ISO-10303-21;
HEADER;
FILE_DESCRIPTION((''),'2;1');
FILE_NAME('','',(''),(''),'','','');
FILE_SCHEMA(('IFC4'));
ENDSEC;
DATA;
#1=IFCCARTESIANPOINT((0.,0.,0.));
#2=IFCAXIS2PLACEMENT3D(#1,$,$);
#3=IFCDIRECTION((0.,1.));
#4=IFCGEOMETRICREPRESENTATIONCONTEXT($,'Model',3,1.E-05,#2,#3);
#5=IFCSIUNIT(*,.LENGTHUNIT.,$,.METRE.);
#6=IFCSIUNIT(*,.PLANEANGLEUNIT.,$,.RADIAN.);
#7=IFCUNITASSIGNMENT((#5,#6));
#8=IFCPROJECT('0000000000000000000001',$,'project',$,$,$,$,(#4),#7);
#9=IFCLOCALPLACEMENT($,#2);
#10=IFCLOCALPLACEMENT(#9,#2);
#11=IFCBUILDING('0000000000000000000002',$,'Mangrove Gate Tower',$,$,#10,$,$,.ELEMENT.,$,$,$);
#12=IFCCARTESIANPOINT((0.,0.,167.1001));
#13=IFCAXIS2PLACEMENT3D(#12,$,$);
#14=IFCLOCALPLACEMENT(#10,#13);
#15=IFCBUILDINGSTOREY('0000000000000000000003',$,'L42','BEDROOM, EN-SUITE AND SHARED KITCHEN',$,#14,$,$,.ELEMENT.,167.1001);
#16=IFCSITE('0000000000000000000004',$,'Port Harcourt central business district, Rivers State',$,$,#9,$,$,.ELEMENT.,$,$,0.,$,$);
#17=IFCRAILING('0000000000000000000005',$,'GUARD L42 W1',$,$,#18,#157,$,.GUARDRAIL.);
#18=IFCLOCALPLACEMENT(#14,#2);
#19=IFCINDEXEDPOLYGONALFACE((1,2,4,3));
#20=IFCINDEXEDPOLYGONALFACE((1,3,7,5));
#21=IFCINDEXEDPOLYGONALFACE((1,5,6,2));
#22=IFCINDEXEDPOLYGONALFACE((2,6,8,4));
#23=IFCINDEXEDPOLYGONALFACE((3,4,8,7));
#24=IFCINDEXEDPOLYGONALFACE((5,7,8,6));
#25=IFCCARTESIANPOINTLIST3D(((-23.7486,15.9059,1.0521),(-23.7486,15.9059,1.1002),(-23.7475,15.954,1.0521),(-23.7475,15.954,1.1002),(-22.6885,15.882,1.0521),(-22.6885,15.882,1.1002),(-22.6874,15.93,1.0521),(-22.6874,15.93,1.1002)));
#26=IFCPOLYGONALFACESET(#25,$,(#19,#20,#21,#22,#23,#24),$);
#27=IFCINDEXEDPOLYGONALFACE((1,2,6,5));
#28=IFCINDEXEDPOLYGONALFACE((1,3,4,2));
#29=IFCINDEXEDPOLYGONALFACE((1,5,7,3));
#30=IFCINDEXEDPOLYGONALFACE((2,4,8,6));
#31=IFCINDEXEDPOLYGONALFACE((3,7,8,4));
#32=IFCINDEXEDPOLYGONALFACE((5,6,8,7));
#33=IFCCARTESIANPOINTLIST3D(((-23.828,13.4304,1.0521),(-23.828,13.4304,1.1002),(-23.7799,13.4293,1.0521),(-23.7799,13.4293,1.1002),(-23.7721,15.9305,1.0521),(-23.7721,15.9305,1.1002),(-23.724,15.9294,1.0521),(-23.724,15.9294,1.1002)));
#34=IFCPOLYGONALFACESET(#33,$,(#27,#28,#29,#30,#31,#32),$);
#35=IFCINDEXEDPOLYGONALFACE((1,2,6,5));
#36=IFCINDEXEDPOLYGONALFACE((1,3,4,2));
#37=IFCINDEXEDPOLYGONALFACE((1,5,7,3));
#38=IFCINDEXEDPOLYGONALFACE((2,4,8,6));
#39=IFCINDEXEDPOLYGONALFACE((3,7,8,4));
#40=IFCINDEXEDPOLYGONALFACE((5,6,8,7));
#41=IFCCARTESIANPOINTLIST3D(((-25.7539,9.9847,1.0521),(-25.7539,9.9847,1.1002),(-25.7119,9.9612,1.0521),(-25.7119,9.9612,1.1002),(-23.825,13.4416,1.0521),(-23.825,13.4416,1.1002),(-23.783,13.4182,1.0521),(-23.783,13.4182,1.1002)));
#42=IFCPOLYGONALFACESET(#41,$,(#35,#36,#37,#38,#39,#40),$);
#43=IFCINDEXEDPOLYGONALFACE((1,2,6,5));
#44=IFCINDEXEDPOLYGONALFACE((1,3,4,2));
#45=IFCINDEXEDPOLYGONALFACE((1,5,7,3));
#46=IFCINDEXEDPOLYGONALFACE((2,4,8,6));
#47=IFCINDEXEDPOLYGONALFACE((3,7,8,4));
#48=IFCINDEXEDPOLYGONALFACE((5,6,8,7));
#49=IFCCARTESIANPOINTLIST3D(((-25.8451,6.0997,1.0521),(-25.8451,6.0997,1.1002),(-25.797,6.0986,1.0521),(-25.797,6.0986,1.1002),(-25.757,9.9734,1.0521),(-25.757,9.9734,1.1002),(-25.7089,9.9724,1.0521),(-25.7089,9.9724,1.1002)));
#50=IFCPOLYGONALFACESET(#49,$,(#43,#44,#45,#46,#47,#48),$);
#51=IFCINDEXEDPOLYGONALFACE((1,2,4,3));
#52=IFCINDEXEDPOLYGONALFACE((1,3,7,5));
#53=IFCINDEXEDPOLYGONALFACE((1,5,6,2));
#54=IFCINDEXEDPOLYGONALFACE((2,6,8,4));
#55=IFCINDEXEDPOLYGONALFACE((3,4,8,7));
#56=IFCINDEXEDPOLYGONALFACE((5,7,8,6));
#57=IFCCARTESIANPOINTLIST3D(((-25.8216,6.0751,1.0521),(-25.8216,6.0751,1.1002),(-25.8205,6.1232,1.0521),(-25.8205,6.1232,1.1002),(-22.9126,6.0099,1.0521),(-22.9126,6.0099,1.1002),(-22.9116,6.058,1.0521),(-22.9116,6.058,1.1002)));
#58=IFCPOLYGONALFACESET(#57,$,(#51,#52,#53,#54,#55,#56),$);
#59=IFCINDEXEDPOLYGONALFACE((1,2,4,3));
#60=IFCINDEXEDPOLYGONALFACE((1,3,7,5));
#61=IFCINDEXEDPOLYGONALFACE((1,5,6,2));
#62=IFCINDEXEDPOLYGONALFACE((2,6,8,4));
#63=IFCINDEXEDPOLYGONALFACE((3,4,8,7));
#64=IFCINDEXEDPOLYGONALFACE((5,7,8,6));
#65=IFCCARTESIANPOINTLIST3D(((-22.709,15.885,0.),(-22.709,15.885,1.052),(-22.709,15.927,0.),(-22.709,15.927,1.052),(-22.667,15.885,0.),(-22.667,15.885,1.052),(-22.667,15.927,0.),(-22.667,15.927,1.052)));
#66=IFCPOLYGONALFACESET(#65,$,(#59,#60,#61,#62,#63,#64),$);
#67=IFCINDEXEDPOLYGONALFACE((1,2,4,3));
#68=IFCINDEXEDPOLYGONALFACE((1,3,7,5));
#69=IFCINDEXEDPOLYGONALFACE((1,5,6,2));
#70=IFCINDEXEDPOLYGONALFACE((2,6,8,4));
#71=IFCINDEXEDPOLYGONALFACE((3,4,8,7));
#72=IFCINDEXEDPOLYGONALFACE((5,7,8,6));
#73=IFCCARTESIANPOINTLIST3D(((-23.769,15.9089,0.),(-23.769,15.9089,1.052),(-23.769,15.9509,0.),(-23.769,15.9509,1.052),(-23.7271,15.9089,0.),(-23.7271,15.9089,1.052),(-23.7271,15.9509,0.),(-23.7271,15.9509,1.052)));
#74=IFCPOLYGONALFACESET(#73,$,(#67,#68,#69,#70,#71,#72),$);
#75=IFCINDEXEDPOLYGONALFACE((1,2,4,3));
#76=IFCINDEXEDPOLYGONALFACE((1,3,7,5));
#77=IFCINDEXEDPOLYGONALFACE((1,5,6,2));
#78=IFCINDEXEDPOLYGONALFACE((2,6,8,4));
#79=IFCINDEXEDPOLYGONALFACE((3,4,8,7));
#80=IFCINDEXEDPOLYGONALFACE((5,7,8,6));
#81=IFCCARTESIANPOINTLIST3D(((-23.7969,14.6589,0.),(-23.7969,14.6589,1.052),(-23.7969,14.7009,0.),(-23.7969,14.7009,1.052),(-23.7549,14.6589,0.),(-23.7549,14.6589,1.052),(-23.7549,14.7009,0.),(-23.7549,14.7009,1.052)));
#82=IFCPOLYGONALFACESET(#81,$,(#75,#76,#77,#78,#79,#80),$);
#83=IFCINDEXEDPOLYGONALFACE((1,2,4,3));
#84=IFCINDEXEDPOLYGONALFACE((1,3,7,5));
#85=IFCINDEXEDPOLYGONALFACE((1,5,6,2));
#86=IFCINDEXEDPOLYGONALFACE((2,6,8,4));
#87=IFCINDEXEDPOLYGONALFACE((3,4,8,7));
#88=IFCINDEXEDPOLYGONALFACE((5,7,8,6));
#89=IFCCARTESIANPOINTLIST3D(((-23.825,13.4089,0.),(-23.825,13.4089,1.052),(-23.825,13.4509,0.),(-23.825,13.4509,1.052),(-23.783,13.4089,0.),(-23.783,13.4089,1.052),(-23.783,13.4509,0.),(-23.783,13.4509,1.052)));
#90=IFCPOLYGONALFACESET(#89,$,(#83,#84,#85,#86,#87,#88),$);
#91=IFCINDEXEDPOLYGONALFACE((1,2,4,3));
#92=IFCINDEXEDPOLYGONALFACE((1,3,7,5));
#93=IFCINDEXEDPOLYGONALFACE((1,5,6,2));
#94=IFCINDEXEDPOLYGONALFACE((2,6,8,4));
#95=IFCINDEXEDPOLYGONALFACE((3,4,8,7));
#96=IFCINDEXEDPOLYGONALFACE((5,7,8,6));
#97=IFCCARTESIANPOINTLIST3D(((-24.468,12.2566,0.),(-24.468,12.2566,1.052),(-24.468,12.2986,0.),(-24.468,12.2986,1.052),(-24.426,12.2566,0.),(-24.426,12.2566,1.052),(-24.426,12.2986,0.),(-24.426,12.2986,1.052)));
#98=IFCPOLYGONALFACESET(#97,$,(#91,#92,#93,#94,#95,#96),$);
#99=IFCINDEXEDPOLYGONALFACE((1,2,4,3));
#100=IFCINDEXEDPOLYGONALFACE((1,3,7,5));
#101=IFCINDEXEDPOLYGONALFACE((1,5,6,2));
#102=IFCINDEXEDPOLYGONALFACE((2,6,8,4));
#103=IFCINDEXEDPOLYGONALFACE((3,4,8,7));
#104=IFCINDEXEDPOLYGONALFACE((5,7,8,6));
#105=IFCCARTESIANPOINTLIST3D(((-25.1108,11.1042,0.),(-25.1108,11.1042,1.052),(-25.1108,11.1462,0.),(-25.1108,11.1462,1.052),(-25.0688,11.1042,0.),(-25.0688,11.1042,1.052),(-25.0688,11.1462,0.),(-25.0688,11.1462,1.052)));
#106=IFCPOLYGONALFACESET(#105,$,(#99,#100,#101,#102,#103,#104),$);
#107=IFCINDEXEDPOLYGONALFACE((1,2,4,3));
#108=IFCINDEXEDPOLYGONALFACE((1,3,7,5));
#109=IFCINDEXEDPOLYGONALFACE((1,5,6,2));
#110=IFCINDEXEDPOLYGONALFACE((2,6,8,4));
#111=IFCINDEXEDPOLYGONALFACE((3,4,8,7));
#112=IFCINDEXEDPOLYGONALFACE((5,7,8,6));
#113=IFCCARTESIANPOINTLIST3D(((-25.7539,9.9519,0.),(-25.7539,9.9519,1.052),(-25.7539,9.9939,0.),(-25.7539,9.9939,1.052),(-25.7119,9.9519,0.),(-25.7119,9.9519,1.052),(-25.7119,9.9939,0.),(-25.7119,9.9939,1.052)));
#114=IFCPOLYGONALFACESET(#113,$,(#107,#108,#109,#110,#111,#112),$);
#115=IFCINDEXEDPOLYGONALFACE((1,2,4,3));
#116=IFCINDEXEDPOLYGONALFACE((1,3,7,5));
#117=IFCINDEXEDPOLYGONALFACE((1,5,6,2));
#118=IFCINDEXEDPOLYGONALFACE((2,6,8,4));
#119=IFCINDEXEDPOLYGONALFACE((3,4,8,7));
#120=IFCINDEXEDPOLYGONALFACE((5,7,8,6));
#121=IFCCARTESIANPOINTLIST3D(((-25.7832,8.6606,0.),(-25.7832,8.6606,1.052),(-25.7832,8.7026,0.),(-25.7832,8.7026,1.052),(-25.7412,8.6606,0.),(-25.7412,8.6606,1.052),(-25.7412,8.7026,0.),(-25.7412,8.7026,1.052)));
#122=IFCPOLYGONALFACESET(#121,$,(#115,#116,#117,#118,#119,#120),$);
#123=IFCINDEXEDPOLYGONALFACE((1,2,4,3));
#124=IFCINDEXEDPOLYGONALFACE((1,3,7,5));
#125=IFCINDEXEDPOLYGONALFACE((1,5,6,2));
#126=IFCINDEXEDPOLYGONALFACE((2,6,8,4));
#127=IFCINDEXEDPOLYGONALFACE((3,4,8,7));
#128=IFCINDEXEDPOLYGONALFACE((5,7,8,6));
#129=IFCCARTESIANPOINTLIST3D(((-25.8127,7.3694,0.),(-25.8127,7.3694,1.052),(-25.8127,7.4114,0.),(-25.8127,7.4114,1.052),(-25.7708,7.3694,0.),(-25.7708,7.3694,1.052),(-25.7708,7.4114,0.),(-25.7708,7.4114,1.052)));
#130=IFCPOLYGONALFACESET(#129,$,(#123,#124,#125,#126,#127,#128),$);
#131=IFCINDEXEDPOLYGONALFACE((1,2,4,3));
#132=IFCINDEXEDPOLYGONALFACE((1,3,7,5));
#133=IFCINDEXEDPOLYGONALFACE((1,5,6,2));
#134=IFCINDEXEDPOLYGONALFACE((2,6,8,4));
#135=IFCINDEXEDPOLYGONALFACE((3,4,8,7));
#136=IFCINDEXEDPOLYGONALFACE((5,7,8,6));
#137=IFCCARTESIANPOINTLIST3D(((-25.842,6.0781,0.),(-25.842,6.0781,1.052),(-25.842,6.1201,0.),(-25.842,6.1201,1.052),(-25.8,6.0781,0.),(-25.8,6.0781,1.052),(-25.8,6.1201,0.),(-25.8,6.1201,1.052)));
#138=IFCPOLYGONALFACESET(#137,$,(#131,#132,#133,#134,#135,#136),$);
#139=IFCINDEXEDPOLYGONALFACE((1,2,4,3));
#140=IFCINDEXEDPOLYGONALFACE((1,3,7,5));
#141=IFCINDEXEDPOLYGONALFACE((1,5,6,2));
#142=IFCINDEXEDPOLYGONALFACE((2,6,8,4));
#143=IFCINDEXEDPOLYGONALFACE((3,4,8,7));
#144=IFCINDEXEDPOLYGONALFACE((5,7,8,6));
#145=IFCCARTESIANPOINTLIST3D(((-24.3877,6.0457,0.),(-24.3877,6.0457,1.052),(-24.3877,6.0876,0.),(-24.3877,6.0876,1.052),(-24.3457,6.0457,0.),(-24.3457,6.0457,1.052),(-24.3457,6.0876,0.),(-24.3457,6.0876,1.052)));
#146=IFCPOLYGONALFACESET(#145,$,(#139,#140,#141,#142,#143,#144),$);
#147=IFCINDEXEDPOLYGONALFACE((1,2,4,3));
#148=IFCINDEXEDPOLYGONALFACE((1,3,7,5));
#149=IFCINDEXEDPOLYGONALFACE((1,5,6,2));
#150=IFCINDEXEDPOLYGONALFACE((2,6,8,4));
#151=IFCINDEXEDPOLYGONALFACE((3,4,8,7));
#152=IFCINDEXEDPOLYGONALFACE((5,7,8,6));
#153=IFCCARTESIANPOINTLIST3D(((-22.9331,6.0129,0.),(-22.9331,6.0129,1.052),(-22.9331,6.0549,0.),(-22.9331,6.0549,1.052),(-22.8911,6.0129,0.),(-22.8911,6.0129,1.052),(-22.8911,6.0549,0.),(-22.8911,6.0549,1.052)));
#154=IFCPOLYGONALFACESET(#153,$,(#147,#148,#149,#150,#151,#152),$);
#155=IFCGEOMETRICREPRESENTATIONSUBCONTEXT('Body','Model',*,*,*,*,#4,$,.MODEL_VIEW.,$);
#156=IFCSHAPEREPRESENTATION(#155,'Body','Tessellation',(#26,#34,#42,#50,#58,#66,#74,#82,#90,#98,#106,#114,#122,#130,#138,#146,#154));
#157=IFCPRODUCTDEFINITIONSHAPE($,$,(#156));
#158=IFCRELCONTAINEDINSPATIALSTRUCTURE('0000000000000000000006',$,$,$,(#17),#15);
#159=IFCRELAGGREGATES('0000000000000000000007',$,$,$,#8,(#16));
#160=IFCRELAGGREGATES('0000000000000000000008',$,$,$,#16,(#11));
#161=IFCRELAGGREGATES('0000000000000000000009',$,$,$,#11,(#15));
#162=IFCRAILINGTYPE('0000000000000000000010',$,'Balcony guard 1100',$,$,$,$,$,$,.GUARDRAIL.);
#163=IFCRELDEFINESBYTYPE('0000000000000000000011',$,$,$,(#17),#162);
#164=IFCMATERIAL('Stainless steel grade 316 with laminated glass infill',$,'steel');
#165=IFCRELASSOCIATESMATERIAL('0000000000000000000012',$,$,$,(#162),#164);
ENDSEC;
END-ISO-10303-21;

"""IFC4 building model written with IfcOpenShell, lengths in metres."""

from ifc_helpers import new_model, si_unit, direction, frame, origin, origin_2d, place, context, subcontext, project, spatial, rectangle, extrude, material, type_object, element, save


model = new_model("IFC4")

# Units and contexts
model_context = context("Model", 3, precision=1e-05, world=origin(), true_north=direction((0.0, 1.0)))
body_context = subcontext(model_context, "Body", "Model", "MODEL_VIEW")
ifc_project = project(units=[si_unit("LENGTHUNIT", "METRE"), si_unit("PLANEANGLEUNIT", "RADIAN")], contexts=[model_context])

# Site, building, storey
site_placement = place(None, origin())
site = spatial("IfcSite", under=ifc_project, at=site_placement, Name="Port Harcourt central business district, Rivers State", CompositionType="ELEMENT", RefElevation=0.0)
building_placement = place(site_placement, origin())
building = spatial("IfcBuilding", under=site, at=building_placement, Name="Mangrove Gate Tower", CompositionType="ELEMENT")
storey_placement = place(building_placement, frame((0.0, 0.0, 167.1001)))
storey = spatial("IfcBuildingStorey", under=building, at=storey_placement, Name="L42", Description="BEDROOM, EN-SUITE AND SHARED KITCHEN", CompositionType="ELEMENT", Elevation=167.1001)

# Railing
ifc_material_1 = material(Name="Stainless steel grade 316 with laminated glass infill", Category="steel")
railing_type = type_object("IfcRailingType", Name="Balcony guard 1100", PredefinedType="GUARDRAIL", material=ifc_material_1)
railing_placement = place(storey_placement, frame((-22.688, 15.906, 0.0)))
element("IfcRailing", 1, at=railing_placement, inside=storey, type_object=railing_type, Name="GUARD L42 W1", PredefinedType="GUARDRAIL", context=body_context, shape_type="SweptSolid", body=[
    extrude(rectangle(XDim=0.0481, YDim=0.0481, at=origin_2d()), frame((0.0, 0.0, 1.0762), z_axis=(-0.999745, 0.022564, 0.0), x_axis=(-0.022564, -0.999745, 0.0)), (0.0, 0.0, 1.0), 1.0603),
    extrude(rectangle(XDim=0.0481, YDim=0.0481, at=origin_2d()), frame((-1.0601, 0.0239, 1.0762), z_axis=(-0.022358, -0.99975, 0.0), x_axis=(0.99975, -0.022358, 0.0)), (0.0, 0.0, 1.0), 2.5007),
    extrude(rectangle(XDim=0.0481, YDim=0.0481, at=origin_2d()), frame((-1.116, -2.4761, 1.0762), z_axis=(-0.48726, -0.873257, 0.0), x_axis=(0.873257, -0.48726, 0.0)), (0.0, 0.0, 1.0), 3.9587),
    extrude(rectangle(XDim=0.0481, YDim=0.0481, at=origin_2d()), frame((-3.0449, -5.9331, 1.0762), z_axis=(-0.022746, -0.999741, 0.0), x_axis=(0.999741, -0.022746, 0.0)), (0.0, 0.0, 1.0), 3.8748),
    extrude(rectangle(XDim=0.0481, YDim=0.0481, at=origin_2d()), frame((-3.1331, -9.8069, 1.0762), z_axis=(0.999749, -0.022403, 0.0), x_axis=(0.022403, 0.999749, 0.0)), (0.0, 0.0, 1.0), 2.9097),
    extrude(rectangle(XDim=0.042, YDim=0.042, at=origin_2d()), origin(), (0.0, 0.0, 1.0), 1.052),
    extrude(rectangle(XDim=0.042, YDim=0.042, at=origin_2d()), frame((-1.0601, 0.0239, 0.0)), (0.0, 0.0, 1.0), 1.052),
    extrude(rectangle(XDim=0.042, YDim=0.042, at=origin_2d()), frame((-1.0879, -1.2261, 0.0)), (0.0, 0.0, 1.0), 1.052),
    extrude(rectangle(XDim=0.042, YDim=0.042, at=origin_2d()), frame((-1.116, -2.4761, 0.0)), (0.0, 0.0, 1.0), 1.052),
    extrude(rectangle(XDim=0.042, YDim=0.042, at=origin_2d()), frame((-1.759, -3.6284, 0.0)), (0.0, 0.0, 1.0), 1.052),
    extrude(rectangle(XDim=0.042, YDim=0.042, at=origin_2d()), frame((-2.4019, -4.7808, 0.0)), (0.0, 0.0, 1.0), 1.052),
    extrude(rectangle(XDim=0.042, YDim=0.042, at=origin_2d()), frame((-3.0449, -5.9331, 0.0)), (0.0, 0.0, 1.0), 1.052),
    extrude(rectangle(XDim=0.042, YDim=0.042, at=origin_2d()), frame((-3.0742, -7.2244, 0.0)), (0.0, 0.0, 1.0), 1.052),
    extrude(rectangle(XDim=0.042, YDim=0.042, at=origin_2d()), frame((-3.1038, -8.5156, 0.0)), (0.0, 0.0, 1.0), 1.052),
    extrude(rectangle(XDim=0.042, YDim=0.042, at=origin_2d()), frame((-3.1331, -9.8069, 0.0)), (0.0, 0.0, 1.0), 1.052),
    extrude(rectangle(XDim=0.042, YDim=0.042, at=origin_2d()), frame((-1.6787, -9.8394, 0.0)), (0.0, 0.0, 1.0), 1.052),
    extrude(rectangle(XDim=0.042, YDim=0.042, at=origin_2d()), frame((-0.2241, -9.8721, 0.0)), (0.0, 0.0, 1.0), 1.052),
])

save(model, "model.ifc")
